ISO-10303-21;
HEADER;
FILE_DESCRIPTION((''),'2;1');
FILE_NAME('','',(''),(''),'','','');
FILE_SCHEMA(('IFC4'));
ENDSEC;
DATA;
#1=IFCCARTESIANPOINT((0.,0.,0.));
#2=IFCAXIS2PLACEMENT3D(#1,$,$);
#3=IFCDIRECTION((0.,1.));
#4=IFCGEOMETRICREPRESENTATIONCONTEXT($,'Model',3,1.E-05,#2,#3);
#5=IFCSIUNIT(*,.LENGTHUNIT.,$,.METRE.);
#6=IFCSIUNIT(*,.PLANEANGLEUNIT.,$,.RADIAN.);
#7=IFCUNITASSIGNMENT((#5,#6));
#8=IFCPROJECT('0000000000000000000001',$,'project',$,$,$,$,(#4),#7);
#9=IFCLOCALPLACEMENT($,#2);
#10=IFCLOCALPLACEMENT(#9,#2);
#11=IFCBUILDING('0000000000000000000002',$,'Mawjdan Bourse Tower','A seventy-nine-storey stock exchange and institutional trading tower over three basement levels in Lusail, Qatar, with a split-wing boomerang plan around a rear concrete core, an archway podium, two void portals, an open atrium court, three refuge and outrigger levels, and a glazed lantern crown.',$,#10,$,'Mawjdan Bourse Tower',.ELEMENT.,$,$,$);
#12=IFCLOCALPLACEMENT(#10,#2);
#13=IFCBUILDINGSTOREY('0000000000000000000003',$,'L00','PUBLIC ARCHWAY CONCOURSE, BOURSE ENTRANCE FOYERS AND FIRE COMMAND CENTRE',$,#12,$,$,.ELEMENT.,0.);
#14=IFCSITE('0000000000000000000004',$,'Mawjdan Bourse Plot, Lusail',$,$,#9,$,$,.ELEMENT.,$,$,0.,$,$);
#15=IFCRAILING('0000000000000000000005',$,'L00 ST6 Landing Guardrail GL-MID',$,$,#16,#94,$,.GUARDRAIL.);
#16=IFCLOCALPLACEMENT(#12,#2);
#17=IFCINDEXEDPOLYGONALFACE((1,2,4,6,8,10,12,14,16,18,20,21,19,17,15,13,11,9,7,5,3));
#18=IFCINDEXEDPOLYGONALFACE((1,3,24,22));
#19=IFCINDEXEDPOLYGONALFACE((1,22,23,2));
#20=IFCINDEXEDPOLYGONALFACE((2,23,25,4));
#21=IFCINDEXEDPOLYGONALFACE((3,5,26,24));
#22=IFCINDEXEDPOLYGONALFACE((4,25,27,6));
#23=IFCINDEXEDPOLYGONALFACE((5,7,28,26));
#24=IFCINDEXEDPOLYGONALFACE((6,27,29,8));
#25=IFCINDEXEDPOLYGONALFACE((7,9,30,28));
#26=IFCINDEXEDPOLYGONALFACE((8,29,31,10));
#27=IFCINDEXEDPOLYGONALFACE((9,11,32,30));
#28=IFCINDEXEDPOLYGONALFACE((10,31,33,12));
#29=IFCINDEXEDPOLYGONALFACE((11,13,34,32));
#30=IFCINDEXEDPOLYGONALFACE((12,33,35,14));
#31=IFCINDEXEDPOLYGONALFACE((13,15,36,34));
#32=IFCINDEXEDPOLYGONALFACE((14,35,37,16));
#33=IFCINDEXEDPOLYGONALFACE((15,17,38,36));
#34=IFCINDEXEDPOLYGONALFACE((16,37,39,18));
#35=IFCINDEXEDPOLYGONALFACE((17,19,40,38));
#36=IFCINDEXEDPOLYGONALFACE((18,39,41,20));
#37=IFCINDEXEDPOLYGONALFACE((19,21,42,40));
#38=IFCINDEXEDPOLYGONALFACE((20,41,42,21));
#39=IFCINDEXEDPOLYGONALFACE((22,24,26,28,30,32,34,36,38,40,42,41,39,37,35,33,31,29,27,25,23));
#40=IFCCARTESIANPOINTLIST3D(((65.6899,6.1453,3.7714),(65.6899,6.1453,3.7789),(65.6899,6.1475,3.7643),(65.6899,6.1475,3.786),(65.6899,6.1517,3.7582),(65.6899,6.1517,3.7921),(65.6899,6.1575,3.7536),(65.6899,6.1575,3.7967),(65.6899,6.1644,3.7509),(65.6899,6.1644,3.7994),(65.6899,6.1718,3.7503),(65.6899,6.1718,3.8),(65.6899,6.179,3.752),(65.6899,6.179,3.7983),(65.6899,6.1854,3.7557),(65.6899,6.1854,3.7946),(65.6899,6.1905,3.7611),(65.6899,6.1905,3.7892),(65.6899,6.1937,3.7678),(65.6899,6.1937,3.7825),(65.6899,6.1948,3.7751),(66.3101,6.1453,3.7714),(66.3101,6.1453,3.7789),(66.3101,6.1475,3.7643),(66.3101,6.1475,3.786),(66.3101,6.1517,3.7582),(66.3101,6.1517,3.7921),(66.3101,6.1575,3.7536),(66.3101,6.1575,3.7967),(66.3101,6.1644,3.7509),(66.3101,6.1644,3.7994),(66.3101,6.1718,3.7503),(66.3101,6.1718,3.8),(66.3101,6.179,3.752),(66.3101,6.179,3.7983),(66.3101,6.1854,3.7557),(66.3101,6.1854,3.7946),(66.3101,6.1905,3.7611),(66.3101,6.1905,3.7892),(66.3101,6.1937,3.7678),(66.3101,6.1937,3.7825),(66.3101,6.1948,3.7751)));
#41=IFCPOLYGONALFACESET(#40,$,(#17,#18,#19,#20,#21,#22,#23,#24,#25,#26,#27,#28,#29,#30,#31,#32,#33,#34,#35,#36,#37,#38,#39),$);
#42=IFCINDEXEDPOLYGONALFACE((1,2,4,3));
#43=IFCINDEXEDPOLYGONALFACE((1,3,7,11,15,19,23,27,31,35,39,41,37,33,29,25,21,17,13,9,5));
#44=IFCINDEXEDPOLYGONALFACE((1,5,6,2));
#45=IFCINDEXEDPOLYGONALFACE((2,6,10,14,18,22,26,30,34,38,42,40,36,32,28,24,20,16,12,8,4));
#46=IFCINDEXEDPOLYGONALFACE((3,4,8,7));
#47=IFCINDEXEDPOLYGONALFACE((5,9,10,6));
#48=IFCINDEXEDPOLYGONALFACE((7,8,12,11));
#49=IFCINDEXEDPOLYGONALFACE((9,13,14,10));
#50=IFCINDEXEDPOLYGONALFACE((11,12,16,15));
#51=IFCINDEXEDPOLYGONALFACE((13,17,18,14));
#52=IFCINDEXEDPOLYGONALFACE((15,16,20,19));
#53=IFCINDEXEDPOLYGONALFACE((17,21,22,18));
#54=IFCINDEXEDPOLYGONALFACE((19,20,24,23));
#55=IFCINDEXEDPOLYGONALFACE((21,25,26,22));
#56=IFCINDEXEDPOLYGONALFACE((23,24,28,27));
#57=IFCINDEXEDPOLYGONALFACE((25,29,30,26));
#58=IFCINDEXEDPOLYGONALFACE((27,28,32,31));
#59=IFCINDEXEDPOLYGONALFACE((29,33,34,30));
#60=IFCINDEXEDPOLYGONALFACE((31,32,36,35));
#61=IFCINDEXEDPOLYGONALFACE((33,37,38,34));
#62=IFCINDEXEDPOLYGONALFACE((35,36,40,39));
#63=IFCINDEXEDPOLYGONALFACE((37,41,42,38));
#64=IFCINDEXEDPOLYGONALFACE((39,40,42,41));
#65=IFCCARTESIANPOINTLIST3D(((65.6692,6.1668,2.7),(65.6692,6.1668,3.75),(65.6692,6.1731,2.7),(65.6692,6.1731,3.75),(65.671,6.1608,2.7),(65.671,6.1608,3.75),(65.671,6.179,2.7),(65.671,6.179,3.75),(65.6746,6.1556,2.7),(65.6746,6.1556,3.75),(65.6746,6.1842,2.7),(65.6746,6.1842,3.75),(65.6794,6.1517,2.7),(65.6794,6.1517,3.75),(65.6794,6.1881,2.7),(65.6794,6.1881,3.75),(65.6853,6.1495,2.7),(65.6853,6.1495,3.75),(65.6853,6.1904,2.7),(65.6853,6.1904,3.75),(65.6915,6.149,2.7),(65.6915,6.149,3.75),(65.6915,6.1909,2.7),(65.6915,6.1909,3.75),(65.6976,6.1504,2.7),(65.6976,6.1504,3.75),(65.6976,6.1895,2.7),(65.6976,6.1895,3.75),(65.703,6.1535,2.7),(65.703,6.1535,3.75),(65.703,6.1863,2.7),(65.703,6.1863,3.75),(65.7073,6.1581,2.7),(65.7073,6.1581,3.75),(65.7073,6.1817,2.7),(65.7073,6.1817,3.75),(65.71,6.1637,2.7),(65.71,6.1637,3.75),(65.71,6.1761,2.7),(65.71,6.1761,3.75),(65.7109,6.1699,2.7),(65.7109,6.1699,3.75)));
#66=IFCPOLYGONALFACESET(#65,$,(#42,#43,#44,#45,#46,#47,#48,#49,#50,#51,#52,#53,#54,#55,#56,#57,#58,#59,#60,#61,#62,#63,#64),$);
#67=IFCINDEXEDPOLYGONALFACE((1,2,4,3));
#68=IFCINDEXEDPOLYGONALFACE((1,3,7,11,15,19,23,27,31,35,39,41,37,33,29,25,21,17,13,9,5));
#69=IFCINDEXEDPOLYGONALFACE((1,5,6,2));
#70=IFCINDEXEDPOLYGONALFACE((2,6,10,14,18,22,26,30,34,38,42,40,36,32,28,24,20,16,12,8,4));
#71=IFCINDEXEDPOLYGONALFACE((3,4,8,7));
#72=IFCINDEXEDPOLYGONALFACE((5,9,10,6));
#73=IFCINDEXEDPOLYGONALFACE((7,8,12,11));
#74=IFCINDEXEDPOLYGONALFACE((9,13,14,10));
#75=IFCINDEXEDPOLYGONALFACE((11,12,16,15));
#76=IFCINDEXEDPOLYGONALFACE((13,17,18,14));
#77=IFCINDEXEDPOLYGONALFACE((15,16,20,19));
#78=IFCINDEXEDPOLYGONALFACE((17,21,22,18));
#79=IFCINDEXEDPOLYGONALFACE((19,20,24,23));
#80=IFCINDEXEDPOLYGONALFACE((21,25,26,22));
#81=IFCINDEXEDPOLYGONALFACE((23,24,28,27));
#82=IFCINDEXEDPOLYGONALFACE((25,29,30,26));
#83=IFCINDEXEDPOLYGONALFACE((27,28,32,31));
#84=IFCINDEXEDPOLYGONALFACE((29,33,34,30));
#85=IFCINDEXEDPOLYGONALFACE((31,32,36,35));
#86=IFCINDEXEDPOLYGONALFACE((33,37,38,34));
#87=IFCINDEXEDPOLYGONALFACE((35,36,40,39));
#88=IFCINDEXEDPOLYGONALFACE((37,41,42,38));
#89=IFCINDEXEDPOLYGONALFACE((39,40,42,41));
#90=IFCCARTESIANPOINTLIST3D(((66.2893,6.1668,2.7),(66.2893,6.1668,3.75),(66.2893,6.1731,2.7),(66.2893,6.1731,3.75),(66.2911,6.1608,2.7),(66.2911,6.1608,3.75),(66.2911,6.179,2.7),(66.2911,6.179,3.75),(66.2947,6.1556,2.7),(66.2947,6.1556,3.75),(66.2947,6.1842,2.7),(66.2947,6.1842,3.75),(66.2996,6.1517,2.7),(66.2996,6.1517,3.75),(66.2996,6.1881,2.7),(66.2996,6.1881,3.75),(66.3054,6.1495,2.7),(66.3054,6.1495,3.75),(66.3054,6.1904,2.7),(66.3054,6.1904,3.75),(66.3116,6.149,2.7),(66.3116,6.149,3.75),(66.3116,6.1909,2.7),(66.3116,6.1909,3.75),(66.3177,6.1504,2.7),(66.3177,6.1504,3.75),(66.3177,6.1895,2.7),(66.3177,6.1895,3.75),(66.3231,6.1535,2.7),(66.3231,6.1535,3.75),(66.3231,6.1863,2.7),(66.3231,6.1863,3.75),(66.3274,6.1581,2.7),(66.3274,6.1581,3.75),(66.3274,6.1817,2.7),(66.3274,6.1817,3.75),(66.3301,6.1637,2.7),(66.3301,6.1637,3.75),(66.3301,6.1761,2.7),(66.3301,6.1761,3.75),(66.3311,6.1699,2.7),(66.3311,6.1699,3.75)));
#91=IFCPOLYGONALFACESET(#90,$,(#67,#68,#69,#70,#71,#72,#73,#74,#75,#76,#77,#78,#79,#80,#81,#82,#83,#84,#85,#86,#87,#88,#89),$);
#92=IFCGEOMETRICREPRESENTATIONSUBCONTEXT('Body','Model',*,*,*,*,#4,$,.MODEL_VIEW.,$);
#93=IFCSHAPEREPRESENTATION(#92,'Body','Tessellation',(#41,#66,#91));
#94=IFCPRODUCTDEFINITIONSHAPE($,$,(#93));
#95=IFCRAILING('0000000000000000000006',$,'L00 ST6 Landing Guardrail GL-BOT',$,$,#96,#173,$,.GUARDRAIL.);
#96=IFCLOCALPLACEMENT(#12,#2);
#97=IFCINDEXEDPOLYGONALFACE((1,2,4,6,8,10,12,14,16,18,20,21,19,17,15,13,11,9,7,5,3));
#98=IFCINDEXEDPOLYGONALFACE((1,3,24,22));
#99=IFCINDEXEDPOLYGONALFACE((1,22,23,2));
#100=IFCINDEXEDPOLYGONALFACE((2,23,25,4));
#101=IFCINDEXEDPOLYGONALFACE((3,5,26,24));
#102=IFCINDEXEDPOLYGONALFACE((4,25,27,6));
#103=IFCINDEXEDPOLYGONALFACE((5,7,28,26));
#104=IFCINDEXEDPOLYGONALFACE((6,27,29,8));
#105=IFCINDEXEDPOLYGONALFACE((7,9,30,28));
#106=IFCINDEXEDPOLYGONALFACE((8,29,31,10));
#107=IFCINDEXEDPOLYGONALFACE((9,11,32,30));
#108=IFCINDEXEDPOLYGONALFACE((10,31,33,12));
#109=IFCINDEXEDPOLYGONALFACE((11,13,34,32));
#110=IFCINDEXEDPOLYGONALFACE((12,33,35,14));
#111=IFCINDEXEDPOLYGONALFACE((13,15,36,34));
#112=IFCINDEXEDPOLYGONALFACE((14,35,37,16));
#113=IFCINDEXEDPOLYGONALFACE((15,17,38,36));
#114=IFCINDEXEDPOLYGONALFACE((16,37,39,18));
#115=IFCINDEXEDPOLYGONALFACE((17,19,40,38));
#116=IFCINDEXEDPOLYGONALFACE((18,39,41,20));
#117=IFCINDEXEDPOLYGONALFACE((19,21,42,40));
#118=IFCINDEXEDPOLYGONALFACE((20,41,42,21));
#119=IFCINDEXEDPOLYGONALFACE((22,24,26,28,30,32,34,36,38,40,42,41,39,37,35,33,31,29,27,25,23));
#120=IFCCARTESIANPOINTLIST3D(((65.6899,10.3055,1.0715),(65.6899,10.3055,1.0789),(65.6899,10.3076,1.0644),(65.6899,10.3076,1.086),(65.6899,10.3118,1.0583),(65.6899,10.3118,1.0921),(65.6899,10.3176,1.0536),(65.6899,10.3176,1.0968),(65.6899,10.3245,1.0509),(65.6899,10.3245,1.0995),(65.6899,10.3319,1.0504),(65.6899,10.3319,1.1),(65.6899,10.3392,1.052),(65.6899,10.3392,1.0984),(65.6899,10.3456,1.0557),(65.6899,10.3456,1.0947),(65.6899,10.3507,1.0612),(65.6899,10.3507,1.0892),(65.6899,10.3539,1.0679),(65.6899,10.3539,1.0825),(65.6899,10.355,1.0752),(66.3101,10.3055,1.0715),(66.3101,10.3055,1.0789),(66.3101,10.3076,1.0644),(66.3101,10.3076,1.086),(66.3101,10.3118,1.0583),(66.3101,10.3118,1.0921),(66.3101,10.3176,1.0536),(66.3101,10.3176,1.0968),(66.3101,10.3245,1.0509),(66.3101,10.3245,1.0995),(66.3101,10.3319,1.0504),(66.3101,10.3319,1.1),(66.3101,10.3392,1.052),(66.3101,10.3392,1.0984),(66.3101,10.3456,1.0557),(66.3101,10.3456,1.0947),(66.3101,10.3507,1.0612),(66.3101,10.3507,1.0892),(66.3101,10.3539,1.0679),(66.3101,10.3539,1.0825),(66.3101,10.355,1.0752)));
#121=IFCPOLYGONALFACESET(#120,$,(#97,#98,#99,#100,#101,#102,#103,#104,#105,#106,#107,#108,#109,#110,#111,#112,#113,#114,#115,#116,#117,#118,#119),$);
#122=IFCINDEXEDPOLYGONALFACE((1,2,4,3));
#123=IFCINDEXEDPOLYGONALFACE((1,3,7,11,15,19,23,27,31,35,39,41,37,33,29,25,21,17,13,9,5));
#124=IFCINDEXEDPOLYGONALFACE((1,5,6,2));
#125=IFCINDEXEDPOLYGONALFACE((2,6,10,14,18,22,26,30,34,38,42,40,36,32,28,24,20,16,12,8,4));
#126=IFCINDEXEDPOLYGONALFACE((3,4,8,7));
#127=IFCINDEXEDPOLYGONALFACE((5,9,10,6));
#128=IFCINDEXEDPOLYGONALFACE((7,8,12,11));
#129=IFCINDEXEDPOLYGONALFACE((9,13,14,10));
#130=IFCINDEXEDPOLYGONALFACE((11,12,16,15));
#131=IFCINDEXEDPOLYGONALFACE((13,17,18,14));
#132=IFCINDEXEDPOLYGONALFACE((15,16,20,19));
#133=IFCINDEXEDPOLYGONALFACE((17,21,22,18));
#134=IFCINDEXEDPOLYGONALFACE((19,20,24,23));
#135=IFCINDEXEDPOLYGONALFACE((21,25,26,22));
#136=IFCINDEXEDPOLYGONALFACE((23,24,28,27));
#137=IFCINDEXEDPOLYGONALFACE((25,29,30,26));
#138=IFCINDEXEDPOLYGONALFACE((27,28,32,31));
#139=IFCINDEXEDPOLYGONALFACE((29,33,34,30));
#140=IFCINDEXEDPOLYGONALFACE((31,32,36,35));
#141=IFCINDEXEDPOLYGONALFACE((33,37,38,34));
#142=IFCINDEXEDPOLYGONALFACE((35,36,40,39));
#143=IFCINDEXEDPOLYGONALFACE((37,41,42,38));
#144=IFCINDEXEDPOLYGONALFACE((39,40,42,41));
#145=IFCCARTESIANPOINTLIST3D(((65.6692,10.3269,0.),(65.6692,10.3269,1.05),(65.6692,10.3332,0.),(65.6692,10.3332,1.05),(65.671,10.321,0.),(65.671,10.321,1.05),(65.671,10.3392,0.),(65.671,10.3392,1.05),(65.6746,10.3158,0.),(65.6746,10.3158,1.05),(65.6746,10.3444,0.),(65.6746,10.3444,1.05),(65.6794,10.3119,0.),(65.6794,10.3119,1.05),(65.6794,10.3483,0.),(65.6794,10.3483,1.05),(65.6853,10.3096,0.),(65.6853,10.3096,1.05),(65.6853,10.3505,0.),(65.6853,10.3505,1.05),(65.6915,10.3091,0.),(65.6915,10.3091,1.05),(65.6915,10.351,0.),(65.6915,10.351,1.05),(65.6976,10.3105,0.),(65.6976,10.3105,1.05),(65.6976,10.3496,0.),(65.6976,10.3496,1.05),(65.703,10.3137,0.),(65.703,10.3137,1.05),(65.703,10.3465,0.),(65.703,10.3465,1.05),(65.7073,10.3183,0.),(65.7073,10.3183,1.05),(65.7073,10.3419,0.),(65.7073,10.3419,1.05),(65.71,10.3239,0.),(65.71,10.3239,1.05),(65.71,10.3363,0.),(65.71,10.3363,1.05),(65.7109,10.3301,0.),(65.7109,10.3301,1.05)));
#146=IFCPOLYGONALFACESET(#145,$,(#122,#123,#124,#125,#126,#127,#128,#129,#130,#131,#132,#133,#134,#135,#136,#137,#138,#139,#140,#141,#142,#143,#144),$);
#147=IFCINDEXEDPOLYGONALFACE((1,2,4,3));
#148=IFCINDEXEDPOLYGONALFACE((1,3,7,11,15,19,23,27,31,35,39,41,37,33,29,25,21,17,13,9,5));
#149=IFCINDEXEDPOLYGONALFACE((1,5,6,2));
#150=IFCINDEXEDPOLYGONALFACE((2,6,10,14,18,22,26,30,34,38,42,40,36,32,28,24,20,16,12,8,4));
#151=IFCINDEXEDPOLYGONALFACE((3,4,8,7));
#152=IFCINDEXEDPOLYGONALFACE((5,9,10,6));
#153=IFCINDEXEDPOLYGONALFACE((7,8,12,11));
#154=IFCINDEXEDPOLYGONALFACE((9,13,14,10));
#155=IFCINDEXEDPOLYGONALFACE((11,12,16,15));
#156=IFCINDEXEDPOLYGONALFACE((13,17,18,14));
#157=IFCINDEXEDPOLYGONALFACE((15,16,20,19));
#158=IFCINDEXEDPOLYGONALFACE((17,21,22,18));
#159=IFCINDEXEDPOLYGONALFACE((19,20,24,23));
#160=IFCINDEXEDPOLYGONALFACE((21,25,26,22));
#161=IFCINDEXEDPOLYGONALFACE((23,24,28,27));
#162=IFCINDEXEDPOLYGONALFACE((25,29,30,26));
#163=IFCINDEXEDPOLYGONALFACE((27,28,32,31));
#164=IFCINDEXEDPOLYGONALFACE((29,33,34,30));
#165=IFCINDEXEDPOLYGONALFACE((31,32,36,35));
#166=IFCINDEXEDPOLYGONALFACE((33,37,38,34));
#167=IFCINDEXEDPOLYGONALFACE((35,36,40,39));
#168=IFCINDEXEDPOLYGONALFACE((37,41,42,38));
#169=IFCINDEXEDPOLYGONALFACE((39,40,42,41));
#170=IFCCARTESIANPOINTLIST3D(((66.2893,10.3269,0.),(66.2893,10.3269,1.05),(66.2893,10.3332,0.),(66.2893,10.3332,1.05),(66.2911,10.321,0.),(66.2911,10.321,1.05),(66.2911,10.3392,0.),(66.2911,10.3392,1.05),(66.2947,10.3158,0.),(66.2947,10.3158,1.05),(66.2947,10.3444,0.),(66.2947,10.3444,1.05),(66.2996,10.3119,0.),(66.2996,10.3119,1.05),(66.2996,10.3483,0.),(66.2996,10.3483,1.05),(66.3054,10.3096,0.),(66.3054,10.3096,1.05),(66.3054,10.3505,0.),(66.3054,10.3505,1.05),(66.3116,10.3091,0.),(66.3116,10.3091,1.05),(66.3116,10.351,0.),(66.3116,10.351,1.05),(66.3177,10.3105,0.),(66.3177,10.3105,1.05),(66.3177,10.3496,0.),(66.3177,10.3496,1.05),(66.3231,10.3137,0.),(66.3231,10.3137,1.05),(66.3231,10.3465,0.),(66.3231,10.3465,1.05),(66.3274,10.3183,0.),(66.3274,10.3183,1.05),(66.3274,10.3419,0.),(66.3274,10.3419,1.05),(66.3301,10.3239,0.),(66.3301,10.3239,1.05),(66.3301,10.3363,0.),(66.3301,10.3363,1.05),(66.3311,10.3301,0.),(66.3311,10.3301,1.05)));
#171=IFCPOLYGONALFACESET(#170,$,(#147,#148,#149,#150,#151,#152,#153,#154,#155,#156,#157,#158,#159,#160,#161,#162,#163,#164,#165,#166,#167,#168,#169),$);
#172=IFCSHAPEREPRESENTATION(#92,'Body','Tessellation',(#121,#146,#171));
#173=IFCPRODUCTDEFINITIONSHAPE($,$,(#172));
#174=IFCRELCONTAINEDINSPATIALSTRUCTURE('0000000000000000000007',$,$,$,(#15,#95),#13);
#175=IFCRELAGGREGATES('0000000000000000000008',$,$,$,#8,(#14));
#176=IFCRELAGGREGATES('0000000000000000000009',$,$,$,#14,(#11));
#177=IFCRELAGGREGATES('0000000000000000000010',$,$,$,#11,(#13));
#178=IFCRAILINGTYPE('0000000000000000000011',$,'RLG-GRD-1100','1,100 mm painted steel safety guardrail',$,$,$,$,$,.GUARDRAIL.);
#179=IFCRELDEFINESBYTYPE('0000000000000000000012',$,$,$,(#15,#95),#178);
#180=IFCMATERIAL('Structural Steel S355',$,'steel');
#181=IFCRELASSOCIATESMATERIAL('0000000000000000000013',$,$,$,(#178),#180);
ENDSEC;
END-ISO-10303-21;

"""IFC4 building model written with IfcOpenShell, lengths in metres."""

from ifc_helpers import new_model, si_unit, direction, frame, origin, origin_2d, place, context, subcontext, project, spatial, circle, extrude, material, type_object, element, save


model = new_model("IFC4")

# Units and contexts
model_context = context("Model", 3, precision=1e-05, world=origin(), true_north=direction((0.0, 1.0)))
body_context = subcontext(model_context, "Body", "Model", "MODEL_VIEW")
ifc_project = project(units=[si_unit("LENGTHUNIT", "METRE"), si_unit("PLANEANGLEUNIT", "RADIAN")], contexts=[model_context])

# Site, building, storey
site_placement = place(None, origin())
site = spatial("IfcSite", under=ifc_project, at=site_placement, Name="Mawjdan Bourse Plot, Lusail", CompositionType="ELEMENT", RefElevation=0.0)
building_placement = place(site_placement, origin())
building = spatial("IfcBuilding", under=site, at=building_placement, Name="Mawjdan Bourse Tower", Description="A seventy-nine-storey stock exchange and institutional trading tower over three basement levels in Lusail, Qatar, with a split-wing boomerang plan around a rear concrete core, an archway podium, two void portals, an open atrium court, three refuge and outrigger levels, and a glazed lantern crown.", LongName="Mawjdan Bourse Tower", CompositionType="ELEMENT")
storey_placement = place(building_placement, origin())
storey = spatial("IfcBuildingStorey", under=building, at=storey_placement, Name="L00", Description="PUBLIC ARCHWAY CONCOURSE, BOURSE ENTRANCE FOYERS AND FIRE COMMAND CENTRE", CompositionType="ELEMENT", Elevation=0.0)

# Shared definitions
ifc_material_1 = material(Name="Structural Steel S355", Category="steel")

# Railings
railing_type_1 = type_object("IfcRailingType", Name="RLG-GRD-1100", Description="1,100 mm painted steel safety guardrail", PredefinedType="GUARDRAIL", material=ifc_material_1)
for number, where, name in (
    (1, (65.6899, 6.1699, 2.7), "L00 ST6 Landing Guardrail GL-MID"),
    (2, (65.6899, 10.3301, 0.0), "L00 ST6 Landing Guardrail GL-BOT"),
):
    element("IfcRailing", number, at=place(storey_placement, frame(where)), inside=storey, type_object=railing_type_1, Name=name, PredefinedType="GUARDRAIL", context=body_context, shape_type="SweptSolid", body=[
        extrude(circle(Radius=0.0249, at=origin_2d()), frame((0.0, 0.0, 1.0752), z_axis=(1.0, 0.0, 0.0), x_axis=(0.0, 1.0, 0.0)), (0.0, 0.0, 1.0), 0.6201),
        extrude(circle(Radius=0.021, at=origin_2d()), origin(), (0.0, 0.0, 1.0), 1.05),
        extrude(circle(Radius=0.021, at=origin_2d()), frame((0.6201, 0.0, 0.0)), (0.0, 0.0, 1.0), 1.05),
    ])

save(model, "model.ifc")
